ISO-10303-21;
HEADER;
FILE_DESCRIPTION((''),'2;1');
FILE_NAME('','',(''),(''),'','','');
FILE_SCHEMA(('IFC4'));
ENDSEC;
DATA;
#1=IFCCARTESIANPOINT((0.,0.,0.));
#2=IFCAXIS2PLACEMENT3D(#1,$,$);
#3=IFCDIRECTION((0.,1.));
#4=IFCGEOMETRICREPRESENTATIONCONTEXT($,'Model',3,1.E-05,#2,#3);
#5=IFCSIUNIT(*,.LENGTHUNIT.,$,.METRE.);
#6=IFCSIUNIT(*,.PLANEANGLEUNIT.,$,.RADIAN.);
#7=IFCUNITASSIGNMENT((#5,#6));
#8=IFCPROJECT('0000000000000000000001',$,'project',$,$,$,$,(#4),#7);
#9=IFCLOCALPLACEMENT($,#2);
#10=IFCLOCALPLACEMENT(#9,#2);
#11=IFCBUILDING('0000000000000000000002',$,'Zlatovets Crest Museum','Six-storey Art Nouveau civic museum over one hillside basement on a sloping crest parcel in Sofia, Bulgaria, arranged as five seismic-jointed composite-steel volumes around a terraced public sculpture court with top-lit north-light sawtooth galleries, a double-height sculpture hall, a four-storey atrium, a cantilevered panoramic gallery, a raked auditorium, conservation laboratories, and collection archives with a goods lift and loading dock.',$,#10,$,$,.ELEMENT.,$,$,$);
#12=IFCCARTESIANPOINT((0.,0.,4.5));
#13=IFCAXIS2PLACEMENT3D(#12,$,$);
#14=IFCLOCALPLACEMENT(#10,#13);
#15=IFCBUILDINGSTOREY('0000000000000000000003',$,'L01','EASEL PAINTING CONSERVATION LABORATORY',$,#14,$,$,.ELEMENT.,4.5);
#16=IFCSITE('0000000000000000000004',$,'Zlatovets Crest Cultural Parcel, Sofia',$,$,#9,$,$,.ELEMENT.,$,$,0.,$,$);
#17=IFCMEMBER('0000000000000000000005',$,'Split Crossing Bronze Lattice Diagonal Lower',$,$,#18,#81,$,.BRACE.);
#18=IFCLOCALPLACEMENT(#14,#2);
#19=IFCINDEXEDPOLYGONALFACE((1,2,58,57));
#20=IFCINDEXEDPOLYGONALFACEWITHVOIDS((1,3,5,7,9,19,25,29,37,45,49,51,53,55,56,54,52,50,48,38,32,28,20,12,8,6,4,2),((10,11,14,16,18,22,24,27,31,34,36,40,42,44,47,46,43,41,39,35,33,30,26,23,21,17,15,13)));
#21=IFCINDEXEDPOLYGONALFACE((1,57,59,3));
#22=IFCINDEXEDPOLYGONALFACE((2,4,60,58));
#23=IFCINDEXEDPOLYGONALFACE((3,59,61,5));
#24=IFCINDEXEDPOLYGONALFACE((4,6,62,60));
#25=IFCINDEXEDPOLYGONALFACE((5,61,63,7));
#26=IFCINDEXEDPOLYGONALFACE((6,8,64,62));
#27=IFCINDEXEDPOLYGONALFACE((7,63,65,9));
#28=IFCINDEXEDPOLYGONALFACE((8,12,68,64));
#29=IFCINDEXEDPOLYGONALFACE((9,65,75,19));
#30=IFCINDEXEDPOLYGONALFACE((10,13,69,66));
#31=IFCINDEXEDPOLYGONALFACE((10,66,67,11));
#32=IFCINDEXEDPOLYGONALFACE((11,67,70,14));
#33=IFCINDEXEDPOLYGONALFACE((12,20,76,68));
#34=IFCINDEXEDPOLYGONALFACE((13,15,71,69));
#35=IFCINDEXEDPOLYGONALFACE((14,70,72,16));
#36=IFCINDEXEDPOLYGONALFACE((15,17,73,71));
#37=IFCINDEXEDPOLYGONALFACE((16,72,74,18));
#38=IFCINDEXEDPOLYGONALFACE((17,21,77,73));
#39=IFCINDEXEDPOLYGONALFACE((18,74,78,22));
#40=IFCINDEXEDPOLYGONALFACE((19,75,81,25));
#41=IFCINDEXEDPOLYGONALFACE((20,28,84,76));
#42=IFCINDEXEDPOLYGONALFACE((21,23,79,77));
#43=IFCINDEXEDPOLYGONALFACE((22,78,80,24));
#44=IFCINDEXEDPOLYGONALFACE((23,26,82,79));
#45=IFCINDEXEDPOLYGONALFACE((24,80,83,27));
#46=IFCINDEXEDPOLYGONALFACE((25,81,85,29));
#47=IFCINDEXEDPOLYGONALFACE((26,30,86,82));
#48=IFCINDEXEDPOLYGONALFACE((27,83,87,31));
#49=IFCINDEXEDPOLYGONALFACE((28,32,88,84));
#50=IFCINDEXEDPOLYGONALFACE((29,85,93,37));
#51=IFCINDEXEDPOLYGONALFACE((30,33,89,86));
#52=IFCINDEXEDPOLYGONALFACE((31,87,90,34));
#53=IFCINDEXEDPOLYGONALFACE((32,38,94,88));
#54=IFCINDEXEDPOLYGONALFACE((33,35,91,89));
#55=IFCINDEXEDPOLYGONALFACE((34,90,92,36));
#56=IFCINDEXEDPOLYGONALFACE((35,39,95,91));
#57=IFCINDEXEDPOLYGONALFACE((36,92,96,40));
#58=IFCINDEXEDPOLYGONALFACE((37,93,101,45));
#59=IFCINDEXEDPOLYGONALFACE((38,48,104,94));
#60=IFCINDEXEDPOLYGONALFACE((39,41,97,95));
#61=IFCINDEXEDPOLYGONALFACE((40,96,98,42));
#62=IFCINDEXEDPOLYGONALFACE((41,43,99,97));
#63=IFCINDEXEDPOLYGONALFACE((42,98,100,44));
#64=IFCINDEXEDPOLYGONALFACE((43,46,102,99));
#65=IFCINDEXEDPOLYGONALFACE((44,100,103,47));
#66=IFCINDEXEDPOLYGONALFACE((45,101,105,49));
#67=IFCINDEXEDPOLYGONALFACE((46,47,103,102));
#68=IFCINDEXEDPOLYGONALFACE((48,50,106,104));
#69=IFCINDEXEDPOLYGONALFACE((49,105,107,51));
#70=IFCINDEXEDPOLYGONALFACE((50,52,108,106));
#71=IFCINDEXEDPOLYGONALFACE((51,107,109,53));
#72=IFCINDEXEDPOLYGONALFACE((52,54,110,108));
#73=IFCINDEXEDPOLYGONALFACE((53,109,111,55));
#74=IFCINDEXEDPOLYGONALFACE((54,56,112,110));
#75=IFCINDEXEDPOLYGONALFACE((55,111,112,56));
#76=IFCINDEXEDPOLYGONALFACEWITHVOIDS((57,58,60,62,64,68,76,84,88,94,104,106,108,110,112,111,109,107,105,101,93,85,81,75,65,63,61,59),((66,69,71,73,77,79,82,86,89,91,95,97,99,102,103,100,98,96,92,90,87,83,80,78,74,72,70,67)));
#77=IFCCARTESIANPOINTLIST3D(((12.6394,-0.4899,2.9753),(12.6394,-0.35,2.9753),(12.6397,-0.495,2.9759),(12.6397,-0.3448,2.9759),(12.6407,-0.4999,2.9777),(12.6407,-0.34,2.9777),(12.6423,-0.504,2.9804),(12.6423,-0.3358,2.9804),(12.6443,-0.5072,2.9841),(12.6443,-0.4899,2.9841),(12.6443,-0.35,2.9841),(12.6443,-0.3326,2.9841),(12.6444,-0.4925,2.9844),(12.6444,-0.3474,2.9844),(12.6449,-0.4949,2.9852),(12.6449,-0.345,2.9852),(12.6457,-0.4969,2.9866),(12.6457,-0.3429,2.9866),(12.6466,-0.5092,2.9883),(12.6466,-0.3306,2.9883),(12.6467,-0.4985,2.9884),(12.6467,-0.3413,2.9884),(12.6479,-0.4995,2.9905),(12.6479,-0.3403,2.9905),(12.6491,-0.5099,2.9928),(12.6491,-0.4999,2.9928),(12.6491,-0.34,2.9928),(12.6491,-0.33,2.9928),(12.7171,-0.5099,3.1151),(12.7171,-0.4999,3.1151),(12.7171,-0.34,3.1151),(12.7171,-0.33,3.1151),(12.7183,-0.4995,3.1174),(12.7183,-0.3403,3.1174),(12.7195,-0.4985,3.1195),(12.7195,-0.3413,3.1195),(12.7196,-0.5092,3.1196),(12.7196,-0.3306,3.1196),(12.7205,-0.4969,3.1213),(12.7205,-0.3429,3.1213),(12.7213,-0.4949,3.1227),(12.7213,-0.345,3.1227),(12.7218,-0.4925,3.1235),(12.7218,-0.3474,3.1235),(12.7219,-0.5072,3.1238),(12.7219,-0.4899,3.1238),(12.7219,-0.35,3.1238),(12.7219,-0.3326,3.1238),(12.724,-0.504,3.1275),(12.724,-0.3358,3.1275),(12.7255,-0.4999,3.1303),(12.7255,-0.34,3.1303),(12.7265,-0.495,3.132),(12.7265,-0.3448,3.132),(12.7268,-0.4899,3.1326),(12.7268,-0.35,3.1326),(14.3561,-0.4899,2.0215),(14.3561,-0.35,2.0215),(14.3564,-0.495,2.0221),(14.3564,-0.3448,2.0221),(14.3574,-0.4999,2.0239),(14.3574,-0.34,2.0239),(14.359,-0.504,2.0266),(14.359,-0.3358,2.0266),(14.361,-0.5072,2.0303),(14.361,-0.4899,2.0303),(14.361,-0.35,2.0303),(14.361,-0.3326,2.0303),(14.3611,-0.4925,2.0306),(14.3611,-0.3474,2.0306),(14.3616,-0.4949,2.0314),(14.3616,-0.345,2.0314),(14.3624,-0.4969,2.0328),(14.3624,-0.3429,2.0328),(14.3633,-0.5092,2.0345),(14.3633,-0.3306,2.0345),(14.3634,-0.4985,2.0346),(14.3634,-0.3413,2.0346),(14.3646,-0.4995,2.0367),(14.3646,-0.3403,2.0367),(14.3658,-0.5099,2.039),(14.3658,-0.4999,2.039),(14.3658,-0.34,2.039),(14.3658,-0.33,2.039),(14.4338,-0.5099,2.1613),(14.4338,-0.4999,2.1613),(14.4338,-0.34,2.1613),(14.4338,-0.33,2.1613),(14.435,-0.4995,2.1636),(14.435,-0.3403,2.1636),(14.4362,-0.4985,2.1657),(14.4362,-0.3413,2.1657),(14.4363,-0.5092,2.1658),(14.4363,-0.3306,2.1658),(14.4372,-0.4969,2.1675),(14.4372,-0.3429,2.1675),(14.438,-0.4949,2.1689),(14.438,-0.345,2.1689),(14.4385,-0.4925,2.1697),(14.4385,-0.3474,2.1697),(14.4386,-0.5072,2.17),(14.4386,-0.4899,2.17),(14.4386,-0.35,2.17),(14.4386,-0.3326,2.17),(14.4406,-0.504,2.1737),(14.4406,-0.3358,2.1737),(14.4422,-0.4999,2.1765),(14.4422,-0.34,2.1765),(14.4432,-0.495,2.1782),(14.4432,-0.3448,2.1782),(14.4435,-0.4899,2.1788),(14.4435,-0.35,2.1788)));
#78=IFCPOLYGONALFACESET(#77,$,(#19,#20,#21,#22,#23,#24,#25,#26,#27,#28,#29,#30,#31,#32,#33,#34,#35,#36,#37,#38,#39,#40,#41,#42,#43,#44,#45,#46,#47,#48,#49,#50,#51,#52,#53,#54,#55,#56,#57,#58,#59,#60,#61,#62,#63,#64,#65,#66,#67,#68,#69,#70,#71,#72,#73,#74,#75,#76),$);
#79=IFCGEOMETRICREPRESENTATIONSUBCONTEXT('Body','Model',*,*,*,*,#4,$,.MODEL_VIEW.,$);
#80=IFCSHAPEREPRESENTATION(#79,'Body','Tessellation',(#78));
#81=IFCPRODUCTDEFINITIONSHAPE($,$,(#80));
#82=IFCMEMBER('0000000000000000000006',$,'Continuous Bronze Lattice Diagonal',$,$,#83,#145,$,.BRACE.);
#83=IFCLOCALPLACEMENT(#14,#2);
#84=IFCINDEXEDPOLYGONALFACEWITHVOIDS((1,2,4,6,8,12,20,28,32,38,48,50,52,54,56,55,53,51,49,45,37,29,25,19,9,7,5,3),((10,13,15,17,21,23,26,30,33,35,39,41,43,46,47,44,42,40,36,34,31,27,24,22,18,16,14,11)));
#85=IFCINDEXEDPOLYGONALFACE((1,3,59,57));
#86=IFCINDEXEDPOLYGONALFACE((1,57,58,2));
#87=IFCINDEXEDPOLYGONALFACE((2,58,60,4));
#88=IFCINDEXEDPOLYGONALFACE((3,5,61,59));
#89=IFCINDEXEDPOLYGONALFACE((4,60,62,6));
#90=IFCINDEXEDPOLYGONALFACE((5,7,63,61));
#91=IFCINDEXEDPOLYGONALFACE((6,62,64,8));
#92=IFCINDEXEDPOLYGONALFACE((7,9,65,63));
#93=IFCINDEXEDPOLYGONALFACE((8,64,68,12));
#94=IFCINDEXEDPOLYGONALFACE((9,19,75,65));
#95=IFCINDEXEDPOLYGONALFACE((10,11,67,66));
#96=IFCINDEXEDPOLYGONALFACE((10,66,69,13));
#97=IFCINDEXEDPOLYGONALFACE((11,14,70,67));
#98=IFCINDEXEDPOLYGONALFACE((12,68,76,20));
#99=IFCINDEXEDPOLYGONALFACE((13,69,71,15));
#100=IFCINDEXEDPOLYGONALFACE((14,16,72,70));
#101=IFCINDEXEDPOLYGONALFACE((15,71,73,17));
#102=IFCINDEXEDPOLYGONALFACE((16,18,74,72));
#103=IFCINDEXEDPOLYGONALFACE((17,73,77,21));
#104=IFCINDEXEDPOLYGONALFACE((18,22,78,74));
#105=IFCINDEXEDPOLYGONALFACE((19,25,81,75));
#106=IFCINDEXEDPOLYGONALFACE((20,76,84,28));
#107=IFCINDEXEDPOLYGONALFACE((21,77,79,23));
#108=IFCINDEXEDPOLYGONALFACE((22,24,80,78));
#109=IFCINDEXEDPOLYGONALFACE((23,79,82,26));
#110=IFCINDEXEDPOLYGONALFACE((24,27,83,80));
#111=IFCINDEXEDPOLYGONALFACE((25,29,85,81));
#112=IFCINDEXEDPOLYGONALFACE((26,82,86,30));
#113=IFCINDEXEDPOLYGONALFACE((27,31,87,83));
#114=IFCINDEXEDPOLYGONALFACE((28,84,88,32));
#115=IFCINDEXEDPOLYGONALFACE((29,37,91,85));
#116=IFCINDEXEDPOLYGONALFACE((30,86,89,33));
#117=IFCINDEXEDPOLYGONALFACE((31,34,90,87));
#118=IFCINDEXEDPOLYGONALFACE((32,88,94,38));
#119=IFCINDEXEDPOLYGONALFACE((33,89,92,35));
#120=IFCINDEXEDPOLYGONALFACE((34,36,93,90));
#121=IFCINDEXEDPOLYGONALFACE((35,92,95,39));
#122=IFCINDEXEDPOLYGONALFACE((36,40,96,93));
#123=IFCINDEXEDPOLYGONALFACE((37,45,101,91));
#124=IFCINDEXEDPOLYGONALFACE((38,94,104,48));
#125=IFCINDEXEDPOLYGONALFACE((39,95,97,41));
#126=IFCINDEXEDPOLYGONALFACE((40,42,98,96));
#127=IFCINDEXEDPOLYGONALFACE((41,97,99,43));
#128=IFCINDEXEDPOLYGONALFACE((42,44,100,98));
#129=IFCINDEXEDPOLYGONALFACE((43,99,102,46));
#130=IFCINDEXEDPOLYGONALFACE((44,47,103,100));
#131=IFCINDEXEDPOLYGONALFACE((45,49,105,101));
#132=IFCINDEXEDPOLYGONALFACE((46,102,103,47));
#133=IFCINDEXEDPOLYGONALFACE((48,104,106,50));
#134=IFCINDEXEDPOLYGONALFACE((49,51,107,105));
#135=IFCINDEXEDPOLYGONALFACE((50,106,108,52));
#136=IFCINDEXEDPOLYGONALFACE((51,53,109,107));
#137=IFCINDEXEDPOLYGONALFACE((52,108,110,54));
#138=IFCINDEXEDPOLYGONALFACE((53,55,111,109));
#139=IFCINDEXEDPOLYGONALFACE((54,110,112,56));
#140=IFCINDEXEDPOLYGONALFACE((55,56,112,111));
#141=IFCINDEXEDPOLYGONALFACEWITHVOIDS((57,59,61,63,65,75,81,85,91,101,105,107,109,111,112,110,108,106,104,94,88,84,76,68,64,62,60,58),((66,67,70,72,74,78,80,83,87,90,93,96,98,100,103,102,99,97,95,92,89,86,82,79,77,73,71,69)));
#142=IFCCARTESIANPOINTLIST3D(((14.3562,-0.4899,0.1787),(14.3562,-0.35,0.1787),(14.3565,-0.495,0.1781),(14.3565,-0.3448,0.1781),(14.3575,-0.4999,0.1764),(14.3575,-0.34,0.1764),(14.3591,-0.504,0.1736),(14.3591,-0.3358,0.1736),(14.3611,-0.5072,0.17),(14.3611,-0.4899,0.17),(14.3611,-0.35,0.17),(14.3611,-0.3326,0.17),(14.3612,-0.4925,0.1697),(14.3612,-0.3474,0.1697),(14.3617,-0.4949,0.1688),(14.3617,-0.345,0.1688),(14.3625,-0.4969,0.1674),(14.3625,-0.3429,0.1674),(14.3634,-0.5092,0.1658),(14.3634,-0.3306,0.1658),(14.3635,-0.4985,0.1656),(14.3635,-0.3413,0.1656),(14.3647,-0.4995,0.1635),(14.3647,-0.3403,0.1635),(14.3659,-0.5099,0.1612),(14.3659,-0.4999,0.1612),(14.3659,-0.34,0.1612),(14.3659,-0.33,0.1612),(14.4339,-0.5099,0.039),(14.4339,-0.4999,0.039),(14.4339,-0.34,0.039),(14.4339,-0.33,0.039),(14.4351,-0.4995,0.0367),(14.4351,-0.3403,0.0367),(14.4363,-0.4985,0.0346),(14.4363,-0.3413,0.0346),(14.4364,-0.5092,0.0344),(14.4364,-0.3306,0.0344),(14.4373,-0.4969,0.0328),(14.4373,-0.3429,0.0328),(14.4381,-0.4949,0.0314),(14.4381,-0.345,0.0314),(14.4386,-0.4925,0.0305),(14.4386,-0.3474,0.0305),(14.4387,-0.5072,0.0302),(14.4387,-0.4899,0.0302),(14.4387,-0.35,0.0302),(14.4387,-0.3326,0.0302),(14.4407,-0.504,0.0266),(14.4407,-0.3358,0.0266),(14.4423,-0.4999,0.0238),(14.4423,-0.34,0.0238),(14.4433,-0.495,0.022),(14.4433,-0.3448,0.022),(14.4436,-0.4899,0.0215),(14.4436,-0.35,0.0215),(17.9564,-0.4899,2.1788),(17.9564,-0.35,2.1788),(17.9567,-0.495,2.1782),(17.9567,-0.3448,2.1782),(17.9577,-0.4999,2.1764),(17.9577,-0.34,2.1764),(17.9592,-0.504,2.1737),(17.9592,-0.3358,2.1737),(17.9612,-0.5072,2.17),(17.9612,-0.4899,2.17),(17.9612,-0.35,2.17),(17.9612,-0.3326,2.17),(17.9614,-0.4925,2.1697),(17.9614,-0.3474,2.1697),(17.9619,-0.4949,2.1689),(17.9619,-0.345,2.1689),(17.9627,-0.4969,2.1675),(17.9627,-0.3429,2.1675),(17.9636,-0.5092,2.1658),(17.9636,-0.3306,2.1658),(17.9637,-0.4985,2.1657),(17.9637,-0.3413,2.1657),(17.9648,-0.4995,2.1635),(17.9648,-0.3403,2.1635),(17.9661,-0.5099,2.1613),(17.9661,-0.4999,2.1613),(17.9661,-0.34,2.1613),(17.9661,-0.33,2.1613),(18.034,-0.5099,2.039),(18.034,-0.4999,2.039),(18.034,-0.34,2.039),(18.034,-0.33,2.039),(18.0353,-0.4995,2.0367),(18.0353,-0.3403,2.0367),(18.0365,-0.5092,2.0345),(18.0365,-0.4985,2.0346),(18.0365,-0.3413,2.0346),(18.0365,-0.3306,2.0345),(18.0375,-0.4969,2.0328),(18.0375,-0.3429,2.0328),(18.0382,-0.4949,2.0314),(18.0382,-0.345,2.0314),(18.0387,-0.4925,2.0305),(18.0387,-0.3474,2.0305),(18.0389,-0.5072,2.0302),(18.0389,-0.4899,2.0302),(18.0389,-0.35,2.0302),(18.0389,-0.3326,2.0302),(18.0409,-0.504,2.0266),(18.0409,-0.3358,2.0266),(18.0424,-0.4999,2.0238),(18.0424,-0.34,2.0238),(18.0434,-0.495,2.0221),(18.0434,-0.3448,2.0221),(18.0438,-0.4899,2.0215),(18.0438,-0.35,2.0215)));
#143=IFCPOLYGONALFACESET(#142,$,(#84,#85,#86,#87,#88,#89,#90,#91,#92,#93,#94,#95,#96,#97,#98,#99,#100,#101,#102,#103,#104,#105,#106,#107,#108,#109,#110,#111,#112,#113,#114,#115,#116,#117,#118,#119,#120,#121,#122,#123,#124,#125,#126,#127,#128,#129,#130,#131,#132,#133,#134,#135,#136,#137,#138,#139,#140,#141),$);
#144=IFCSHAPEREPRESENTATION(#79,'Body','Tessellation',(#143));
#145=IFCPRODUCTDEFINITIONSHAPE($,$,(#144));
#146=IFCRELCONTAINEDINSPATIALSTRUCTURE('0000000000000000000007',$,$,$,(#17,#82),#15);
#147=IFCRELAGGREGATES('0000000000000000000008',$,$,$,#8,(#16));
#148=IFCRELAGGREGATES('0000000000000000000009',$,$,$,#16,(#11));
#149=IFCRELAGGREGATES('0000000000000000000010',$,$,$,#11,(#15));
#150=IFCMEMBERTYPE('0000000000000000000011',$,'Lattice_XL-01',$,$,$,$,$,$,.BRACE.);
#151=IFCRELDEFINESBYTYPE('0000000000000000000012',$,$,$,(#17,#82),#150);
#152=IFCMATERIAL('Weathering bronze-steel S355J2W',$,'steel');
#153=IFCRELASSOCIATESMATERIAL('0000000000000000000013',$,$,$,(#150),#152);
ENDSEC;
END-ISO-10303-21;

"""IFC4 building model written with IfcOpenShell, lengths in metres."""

from ifc_helpers import new_model, si_unit, direction, frame, origin, origin_2d, place, context, subcontext, project, spatial, hollow_rectangle, extrude, material, material_profile, profile_set, type_object, element, save


model = new_model("IFC4")

# Units and contexts
model_context = context("Model", 3, precision=1e-05, world=origin(), true_north=direction((0.0, 1.0)))
body_context = subcontext(model_context, "Body", "Model", "MODEL_VIEW")
ifc_project = project(units=[si_unit("LENGTHUNIT", "METRE"), si_unit("PLANEANGLEUNIT", "RADIAN")], contexts=[model_context])

# Site, building, storey
site_placement = place(None, origin())
site = spatial("IfcSite", under=ifc_project, at=site_placement, Name="Zlatovets Crest Cultural Parcel, Sofia", CompositionType="ELEMENT", RefElevation=0.0)
building_placement = place(site_placement, origin())
building = spatial("IfcBuilding", under=site, at=building_placement, Name="Zlatovets Crest Museum", Description="Six-storey Art Nouveau civic museum over one hillside basement on a sloping crest parcel in Sofia, Bulgaria, arranged as five seismic-jointed composite-steel volumes around a terraced public sculpture court with top-lit north-light sawtooth galleries, a double-height sculpture hall, a four-storey atrium, a cantilevered panoramic gallery, a raked auditorium, conservation laboratories, and collection archives with a goods lift and loading dock.", CompositionType="ELEMENT")
storey_placement = place(building_placement, frame((0.0, 0.0, 4.5)))
storey = spatial("IfcBuildingStorey", under=building, at=storey_placement, Name="L01", Description="EASEL PAINTING CONSERVATION LABORATORY", CompositionType="ELEMENT", Elevation=4.5)

# Members
ifc_material_1 = material(Name="Weathering bronze-steel S355J2W", Category="steel")
ifc_material_profile_1 = material_profile(ifc_material_1, hollow_rectangle(XDim=0.1799, YDim=0.1799, WallThickness=0.01, InnerFilletRadius=0.01, OuterFilletRadius=0.02, at=origin_2d()), Name="SHS 180x180x10.0")
ifc_profile_set_1 = profile_set([ifc_material_profile_1], Name="Weathering bronze-steel S355J2W")
member_type_1 = type_object("IfcMemberType", Name="Lattice_XL-01", PredefinedType="BRACE", material=ifc_profile_set_1)
member_1_placement = place(storey_placement, frame((12.6831, -0.4199, 3.054), z_axis=(0.87414, 0.0, -0.485675), x_axis=(0.0, 1.0, 0.0)))
element("IfcMember", 1, at=member_1_placement, inside=storey, type_object=member_type_1, Name="Split Crossing Bronze Lattice Diagonal Lower", PredefinedType="BRACE", context=body_context, shape_type="SweptSolid", body=[
    extrude(hollow_rectangle(XDim=0.1799, YDim=0.1799, WallThickness=0.01, InnerFilletRadius=0.01, OuterFilletRadius=0.02, at=origin_2d()), origin(), (0.0, 0.0, 1.0), 1.9639),
])
member_2_placement = place(storey_placement, frame((14.3999, -0.4199, 0.1001), z_axis=(0.874163, 0.0, 0.485633), x_axis=(0.0, 1.0, 0.0)))
element("IfcMember", 2, at=member_2_placement, inside=storey, type_object=member_type_1, Name="Continuous Bronze Lattice Diagonal", PredefinedType="BRACE", context=body_context, shape_type="SweptSolid", body=[
    extrude(hollow_rectangle(XDim=0.1799, YDim=0.1799, WallThickness=0.01, InnerFilletRadius=0.01, OuterFilletRadius=0.02, at=origin_2d()), origin(), (0.0, 0.0, 1.0), 4.1184),
])

save(model, "model.ifc")
